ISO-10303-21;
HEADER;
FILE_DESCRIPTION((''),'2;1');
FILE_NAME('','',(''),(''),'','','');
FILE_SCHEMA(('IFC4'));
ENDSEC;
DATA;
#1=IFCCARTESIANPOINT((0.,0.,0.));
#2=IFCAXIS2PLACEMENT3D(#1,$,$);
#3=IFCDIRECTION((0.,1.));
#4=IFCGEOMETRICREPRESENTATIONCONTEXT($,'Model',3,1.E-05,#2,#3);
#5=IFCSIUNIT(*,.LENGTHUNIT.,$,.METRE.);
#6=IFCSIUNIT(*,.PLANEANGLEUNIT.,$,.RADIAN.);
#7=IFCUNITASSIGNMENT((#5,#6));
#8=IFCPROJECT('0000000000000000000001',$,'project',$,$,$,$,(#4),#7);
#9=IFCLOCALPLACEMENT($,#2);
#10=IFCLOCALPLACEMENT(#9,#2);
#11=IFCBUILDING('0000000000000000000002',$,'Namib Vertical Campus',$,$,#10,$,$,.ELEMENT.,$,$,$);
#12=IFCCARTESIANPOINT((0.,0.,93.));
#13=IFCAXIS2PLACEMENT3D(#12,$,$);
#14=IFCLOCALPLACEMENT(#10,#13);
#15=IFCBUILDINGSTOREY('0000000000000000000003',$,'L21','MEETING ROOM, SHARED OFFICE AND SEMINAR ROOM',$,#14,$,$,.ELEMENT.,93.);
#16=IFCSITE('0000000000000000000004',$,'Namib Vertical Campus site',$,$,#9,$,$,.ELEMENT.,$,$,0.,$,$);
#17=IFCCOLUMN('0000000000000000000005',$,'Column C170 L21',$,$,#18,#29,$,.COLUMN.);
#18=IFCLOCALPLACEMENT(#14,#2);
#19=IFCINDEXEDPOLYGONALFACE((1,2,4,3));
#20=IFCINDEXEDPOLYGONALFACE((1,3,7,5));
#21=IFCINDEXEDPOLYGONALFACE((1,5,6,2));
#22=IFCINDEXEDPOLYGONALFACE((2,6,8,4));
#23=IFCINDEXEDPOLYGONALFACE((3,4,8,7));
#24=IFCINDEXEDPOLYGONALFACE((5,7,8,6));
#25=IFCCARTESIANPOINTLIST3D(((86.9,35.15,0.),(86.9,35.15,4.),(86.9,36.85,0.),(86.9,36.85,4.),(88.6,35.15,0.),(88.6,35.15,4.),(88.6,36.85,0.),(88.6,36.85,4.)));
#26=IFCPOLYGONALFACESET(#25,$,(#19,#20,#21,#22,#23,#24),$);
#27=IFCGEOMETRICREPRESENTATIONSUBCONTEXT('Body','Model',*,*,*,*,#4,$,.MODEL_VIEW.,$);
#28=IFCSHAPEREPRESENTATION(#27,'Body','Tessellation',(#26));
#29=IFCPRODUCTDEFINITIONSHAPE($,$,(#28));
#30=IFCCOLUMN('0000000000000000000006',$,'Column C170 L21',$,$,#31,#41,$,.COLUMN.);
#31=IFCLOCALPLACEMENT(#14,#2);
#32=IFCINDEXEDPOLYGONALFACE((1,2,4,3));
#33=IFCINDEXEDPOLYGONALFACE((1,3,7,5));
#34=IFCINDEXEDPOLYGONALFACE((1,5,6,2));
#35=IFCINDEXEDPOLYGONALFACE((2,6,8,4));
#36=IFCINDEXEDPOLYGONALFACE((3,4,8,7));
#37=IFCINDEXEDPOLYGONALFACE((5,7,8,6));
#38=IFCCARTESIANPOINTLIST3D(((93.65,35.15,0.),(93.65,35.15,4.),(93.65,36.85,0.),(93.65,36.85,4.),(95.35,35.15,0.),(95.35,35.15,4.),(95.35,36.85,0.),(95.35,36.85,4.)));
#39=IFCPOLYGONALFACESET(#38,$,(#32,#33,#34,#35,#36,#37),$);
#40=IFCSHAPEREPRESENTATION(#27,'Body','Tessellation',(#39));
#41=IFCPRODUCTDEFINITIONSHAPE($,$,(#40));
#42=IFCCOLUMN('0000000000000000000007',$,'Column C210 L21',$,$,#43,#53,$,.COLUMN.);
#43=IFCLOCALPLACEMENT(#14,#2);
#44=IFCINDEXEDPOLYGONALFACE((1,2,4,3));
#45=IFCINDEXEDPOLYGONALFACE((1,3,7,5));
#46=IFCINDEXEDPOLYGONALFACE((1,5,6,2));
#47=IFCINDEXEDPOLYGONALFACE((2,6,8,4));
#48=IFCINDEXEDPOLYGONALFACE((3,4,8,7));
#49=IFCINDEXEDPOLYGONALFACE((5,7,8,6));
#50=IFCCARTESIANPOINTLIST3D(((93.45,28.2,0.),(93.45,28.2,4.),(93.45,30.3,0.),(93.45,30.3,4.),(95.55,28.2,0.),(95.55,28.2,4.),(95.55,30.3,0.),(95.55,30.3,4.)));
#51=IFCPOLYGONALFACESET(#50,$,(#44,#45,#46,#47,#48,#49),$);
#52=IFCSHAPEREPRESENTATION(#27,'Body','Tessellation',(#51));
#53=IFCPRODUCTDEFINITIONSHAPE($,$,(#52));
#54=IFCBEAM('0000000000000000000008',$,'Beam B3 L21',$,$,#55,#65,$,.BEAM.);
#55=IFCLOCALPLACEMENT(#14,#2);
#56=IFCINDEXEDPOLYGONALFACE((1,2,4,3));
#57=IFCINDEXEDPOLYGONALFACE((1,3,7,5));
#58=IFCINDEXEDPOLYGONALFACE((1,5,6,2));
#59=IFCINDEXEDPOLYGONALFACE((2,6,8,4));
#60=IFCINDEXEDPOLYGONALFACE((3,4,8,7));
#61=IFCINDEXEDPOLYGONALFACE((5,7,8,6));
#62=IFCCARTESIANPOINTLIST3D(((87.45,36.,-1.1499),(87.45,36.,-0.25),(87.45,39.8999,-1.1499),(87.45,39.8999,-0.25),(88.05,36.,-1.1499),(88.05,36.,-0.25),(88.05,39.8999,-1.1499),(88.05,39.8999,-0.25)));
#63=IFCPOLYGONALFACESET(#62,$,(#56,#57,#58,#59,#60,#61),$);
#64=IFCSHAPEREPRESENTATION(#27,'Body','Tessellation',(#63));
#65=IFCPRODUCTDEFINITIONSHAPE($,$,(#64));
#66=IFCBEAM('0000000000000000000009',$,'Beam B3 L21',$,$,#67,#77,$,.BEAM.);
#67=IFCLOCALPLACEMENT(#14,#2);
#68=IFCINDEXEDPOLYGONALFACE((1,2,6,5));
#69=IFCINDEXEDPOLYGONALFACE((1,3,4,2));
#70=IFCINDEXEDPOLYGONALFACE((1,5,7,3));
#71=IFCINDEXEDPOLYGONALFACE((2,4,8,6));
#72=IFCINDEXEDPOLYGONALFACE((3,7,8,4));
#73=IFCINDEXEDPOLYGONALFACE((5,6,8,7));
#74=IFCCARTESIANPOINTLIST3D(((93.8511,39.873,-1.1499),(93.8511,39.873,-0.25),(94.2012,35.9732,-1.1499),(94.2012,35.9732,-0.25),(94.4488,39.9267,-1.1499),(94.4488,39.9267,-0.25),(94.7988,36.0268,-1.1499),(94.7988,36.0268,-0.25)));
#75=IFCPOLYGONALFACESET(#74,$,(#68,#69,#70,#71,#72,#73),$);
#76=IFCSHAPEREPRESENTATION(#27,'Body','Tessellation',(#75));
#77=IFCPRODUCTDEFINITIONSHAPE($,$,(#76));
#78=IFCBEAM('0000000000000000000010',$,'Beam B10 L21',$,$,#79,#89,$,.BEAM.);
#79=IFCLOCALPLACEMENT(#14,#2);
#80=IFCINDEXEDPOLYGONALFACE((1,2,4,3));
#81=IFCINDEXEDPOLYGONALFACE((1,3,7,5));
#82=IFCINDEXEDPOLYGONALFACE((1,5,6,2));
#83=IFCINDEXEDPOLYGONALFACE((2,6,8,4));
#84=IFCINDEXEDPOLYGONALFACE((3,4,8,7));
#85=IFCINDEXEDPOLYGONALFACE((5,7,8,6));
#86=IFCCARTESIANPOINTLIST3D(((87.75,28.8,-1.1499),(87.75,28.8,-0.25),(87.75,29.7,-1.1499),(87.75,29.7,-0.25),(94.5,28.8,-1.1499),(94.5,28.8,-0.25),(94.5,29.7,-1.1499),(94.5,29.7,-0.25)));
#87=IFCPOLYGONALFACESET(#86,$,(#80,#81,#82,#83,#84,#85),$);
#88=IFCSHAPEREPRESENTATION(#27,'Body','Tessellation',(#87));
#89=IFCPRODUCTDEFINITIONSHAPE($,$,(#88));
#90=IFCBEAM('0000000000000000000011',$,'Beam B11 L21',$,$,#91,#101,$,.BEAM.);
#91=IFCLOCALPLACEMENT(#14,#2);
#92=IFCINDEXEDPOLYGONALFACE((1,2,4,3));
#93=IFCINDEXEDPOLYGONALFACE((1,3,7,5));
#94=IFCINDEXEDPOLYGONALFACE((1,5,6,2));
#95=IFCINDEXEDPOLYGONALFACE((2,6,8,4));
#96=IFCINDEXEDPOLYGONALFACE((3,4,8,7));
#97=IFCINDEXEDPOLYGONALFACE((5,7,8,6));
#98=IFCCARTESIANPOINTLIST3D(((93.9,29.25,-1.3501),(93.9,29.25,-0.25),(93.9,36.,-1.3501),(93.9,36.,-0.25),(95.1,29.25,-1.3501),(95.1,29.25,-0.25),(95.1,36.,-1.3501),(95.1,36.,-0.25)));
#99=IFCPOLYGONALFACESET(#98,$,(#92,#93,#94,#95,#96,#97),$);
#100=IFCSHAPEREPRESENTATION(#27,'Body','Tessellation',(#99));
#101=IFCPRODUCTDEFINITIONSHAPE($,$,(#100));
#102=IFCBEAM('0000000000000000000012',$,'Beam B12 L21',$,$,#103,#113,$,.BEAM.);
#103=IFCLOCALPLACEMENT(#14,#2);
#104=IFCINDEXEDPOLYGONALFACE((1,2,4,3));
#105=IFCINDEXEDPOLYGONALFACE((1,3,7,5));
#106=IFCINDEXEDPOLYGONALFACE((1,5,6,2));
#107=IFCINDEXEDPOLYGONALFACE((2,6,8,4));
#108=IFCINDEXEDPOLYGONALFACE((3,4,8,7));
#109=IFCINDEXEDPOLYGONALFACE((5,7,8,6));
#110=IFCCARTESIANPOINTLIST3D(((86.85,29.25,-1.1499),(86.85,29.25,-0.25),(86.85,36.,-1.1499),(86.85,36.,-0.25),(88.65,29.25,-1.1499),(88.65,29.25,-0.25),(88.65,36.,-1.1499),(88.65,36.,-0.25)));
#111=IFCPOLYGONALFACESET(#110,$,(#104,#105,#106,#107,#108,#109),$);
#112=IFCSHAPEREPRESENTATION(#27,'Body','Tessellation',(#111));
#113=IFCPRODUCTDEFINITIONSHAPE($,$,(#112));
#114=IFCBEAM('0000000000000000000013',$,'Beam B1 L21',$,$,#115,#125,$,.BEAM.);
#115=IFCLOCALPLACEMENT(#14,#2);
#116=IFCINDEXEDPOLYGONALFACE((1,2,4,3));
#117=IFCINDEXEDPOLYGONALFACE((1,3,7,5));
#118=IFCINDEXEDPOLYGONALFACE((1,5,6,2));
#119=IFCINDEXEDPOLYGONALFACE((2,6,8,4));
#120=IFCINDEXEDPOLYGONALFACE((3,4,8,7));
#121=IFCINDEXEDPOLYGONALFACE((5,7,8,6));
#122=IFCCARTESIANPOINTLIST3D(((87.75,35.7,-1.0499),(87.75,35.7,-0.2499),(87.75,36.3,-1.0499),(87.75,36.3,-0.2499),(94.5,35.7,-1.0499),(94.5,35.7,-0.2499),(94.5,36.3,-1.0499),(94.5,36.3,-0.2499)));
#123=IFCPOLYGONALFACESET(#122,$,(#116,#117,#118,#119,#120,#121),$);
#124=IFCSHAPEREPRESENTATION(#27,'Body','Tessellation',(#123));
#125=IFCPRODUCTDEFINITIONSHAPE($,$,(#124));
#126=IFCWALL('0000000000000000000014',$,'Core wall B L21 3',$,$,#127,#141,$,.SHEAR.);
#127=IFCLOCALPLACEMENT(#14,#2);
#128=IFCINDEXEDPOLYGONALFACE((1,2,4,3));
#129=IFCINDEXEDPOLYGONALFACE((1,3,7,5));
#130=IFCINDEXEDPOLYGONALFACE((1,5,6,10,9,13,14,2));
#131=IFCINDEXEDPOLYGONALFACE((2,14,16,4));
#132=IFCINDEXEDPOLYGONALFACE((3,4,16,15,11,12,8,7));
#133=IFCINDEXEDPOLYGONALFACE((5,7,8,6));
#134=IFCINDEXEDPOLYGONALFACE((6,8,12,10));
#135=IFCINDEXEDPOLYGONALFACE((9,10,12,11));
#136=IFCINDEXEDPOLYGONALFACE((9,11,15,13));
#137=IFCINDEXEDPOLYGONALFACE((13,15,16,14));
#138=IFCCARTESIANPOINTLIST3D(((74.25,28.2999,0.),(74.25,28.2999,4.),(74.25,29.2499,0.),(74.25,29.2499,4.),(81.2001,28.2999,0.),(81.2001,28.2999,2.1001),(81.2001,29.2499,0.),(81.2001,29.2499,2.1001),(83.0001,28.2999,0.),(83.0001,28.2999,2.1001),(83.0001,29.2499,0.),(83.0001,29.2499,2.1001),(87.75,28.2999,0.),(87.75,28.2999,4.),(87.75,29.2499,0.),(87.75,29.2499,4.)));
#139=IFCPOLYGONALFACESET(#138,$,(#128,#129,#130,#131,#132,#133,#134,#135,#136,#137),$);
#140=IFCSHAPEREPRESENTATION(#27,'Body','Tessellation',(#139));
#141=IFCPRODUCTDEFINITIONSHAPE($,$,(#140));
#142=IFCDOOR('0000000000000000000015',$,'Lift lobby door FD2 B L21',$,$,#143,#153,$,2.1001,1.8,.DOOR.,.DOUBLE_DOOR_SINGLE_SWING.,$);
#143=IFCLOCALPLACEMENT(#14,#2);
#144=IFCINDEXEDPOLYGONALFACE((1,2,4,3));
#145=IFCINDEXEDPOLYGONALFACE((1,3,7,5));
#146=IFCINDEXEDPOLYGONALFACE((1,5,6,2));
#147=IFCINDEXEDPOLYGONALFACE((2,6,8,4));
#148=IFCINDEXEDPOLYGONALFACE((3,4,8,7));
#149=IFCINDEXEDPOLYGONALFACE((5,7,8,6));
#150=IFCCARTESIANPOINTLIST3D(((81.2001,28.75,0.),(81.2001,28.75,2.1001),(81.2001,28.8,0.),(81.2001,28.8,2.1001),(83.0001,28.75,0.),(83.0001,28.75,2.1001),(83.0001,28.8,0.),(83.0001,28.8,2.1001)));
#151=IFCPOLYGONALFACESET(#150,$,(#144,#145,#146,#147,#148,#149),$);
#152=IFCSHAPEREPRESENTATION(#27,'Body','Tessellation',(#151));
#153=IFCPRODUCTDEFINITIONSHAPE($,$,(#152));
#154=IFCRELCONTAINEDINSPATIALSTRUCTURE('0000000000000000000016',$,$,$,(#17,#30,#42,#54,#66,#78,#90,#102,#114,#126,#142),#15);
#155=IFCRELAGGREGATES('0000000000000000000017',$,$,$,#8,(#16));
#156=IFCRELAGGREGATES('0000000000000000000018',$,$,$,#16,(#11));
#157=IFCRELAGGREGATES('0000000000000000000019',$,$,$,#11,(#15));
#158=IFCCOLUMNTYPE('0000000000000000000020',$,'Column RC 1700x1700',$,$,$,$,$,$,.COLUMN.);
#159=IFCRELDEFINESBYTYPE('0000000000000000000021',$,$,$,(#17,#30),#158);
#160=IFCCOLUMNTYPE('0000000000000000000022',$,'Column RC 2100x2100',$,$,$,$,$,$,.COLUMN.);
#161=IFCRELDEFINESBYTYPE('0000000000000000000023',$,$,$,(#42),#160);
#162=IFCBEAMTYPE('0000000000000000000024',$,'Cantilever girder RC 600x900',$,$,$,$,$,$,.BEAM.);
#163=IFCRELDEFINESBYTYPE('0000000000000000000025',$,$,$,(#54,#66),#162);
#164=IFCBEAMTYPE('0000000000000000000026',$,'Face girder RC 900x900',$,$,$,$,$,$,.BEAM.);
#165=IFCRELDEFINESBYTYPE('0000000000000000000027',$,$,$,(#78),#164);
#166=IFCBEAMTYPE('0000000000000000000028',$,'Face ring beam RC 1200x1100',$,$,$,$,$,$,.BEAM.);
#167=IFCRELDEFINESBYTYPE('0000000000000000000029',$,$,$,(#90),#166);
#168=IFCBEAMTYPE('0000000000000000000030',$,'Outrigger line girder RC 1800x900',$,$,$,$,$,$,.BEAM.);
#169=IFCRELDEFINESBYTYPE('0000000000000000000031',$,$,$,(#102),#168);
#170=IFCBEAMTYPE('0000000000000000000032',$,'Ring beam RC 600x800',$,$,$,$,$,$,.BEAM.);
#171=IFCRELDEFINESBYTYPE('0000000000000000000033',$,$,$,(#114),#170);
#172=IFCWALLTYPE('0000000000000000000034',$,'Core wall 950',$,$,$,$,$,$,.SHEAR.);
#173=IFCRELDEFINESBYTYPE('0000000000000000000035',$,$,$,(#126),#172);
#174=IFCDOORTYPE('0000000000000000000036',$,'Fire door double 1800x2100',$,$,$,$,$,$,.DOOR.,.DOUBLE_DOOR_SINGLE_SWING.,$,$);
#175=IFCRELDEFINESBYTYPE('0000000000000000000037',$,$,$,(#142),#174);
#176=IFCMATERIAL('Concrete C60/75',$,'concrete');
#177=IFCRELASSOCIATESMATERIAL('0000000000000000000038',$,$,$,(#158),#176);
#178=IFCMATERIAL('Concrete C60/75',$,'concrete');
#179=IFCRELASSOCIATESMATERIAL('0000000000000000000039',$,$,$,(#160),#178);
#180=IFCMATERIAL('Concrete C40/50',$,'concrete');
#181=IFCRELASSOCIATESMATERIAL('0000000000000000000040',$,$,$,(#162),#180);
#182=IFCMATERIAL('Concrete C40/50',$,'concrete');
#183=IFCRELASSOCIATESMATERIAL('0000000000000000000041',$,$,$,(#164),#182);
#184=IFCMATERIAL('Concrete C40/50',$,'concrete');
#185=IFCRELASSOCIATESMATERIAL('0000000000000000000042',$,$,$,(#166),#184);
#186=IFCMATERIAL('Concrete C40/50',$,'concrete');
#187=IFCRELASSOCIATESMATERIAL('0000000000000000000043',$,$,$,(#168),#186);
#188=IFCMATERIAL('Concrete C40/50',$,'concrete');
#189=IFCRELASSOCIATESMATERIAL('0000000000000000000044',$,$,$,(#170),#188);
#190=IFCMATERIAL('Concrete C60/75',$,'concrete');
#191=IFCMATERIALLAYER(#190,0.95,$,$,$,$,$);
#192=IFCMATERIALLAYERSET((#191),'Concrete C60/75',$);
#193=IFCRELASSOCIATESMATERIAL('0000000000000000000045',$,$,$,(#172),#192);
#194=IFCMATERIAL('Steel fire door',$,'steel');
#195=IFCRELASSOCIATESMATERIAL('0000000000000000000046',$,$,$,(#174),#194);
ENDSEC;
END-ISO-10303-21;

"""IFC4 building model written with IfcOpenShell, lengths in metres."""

from ifc_helpers import new_model, si_unit, direction, frame, frame_2d, origin, origin_2d, place, context, subcontext, project, spatial, rectangle, extrude, material, layer, layer_set, material_profile, profile_set, type_object, element, fill, save


model = new_model("IFC4")

# Units and contexts
model_context = context("Model", 3, precision=1e-05, world=origin(), true_north=direction((0.0, 1.0)))
body_context = subcontext(model_context, "Body", "Model", "MODEL_VIEW")
ifc_project = project(units=[si_unit("LENGTHUNIT", "METRE"), si_unit("PLANEANGLEUNIT", "RADIAN")], contexts=[model_context])

# Site, building, storey
site_placement = place(None, origin())
site = spatial("IfcSite", under=ifc_project, at=site_placement, Name="Namib Vertical Campus site", CompositionType="ELEMENT", RefElevation=0.0)
building_placement = place(site_placement, origin())
building = spatial("IfcBuilding", under=site, at=building_placement, Name="Namib Vertical Campus", CompositionType="ELEMENT")
storey_placement = place(building_placement, frame((0.0, 0.0, 93.0)))
storey = spatial("IfcBuildingStorey", under=building, at=storey_placement, Name="L21", Description="MEETING ROOM, SHARED OFFICE AND SEMINAR ROOM", CompositionType="ELEMENT", Elevation=93.0)

# Columns
ifc_material_1 = material(Name="Concrete C60/75", Category="concrete")
ifc_material_profile_1 = material_profile(ifc_material_1, rectangle(XDim=1.7, YDim=1.7, at=origin_2d()))
ifc_profile_set_1 = profile_set([ifc_material_profile_1], Name="Concrete C60/75")
column_type_1 = type_object("IfcColumnType", Name="Column RC 1700x1700", PredefinedType="COLUMN", material=ifc_profile_set_1)
for number, where, z_axis, x_axis, name in (
    (1, (87.75, 36.0, 0.0), (0.0, 0.0, 1.0), (1.0, 0.0, 0.0), "Column C170 L21"),
    (2, (94.5, 36.0, 0.0), (0.0, 0.0, 1.0), (1.0, 0.0, 0.0), "Column C170 L21"),
):
    element("IfcColumn", number, at=place(storey_placement, frame(where, z_axis=z_axis, x_axis=x_axis)), inside=storey, type_object=column_type_1, Name=name, PredefinedType="COLUMN", context=body_context, shape_type="SweptSolid", body=[
        extrude(rectangle(XDim=1.7, YDim=1.7, at=origin_2d()), origin(), (0.0, 0.0, 1.0), 4.0),
    ])
ifc_material_2 = material(Name="Concrete C60/75", Category="concrete")
ifc_material_profile_2 = material_profile(ifc_material_2, rectangle(XDim=2.1001, YDim=2.1001, at=origin_2d()))
ifc_profile_set_2 = profile_set([ifc_material_profile_2], Name="Concrete C60/75")
column_type_2 = type_object("IfcColumnType", Name="Column RC 2100x2100", PredefinedType="COLUMN", material=ifc_profile_set_2)
column_placement = place(storey_placement, frame((94.5, 29.25, 0.0), z_axis=(0.0, 0.0, 1.0), x_axis=(1.0, 0.0, 0.0)))
element("IfcColumn", 3, at=column_placement, inside=storey, type_object=column_type_2, Name="Column C210 L21", PredefinedType="COLUMN", context=body_context, shape_type="SweptSolid", body=[
    extrude(rectangle(XDim=2.1001, YDim=2.1001, at=origin_2d()), origin(), (0.0, 0.0, 1.0), 4.0),
])

# Beams
ifc_material_3 = material(Name="Concrete C40/50", Category="concrete")
ifc_material_profile_3 = material_profile(ifc_material_3, rectangle(XDim=0.6001, YDim=0.8999, at=origin_2d()))
ifc_profile_set_3 = profile_set([ifc_material_profile_3], Name="Concrete C40/50")
beam_type_1 = type_object("IfcBeamType", Name="Cantilever girder RC 600x900", PredefinedType="BEAM", material=ifc_profile_set_3)
beam_1_placement = place(storey_placement, frame((87.75, 36.0, -0.7), z_axis=(0.0, 1.0, 0.0), x_axis=(-1.0, 0.0, 0.0)))
element("IfcBeam", 4, at=beam_1_placement, inside=storey, type_object=beam_type_1, Name="Beam B3 L21", PredefinedType="BEAM", context=body_context, shape_type="SweptSolid", body=[
    extrude(rectangle(XDim=0.6001, YDim=0.8999, at=origin_2d()), origin(), (0.0, 0.0, 1.0), 3.8999),
])
beam_2_placement = place(storey_placement, frame((94.5, 36.0, -0.7), z_axis=(-0.089411, 0.995995, 0.0), x_axis=(-0.995995, -0.089411, 0.0)))
element("IfcBeam", 5, at=beam_2_placement, inside=storey, type_object=beam_type_1, Name="Beam B3 L21", PredefinedType="BEAM", context=body_context, shape_type="SweptSolid", body=[
    extrude(rectangle(XDim=0.6001, YDim=0.8999, at=origin_2d()), origin(), (0.0, 0.0, 1.0), 3.9155),
])
ifc_material_4 = material(Name="Concrete C40/50", Category="concrete")
ifc_material_profile_4 = material_profile(ifc_material_4, rectangle(XDim=0.8999, YDim=0.8999, at=origin_2d()))
ifc_profile_set_4 = profile_set([ifc_material_profile_4], Name="Concrete C40/50")
beam_type_2 = type_object("IfcBeamType", Name="Face girder RC 900x900", PredefinedType="BEAM", material=ifc_profile_set_4)
beam_3_placement = place(storey_placement, frame((94.5, 29.25, -0.7), z_axis=(-1.0, 0.0, 0.0), x_axis=(0.0, -1.0, 0.0)))
element("IfcBeam", 6, at=beam_3_placement, inside=storey, type_object=beam_type_2, Name="Beam B10 L21", PredefinedType="BEAM", context=body_context, shape_type="SweptSolid", body=[
    extrude(rectangle(XDim=0.8999, YDim=0.8999, at=origin_2d()), origin(), (0.0, 0.0, 1.0), 6.75),
])
ifc_material_5 = material(Name="Concrete C40/50", Category="concrete")
ifc_material_profile_5 = material_profile(ifc_material_5, rectangle(XDim=1.2, YDim=1.1001, at=origin_2d()))
ifc_profile_set_5 = profile_set([ifc_material_profile_5], Name="Concrete C40/50")
beam_type_3 = type_object("IfcBeamType", Name="Face ring beam RC 1200x1100", PredefinedType="BEAM", material=ifc_profile_set_5)
beam_4_placement = place(storey_placement, frame((94.5, 29.25, -0.8), z_axis=(0.0, 1.0, 0.0), x_axis=(-1.0, 0.0, 0.0)))
element("IfcBeam", 7, at=beam_4_placement, inside=storey, type_object=beam_type_3, Name="Beam B11 L21", PredefinedType="BEAM", context=body_context, shape_type="SweptSolid", body=[
    extrude(rectangle(XDim=1.2, YDim=1.1001, at=origin_2d()), origin(), (0.0, 0.0, 1.0), 6.75),
])
ifc_material_6 = material(Name="Concrete C40/50", Category="concrete")
ifc_material_profile_6 = material_profile(ifc_material_6, rectangle(XDim=1.8, YDim=0.8999, at=origin_2d()))
ifc_profile_set_6 = profile_set([ifc_material_profile_6], Name="Concrete C40/50")
beam_type_4 = type_object("IfcBeamType", Name="Outrigger line girder RC 1800x900", PredefinedType="BEAM", material=ifc_profile_set_6)
beam_5_placement = place(storey_placement, frame((87.75, 36.0, -0.7), z_axis=(0.0, -1.0, 0.0), x_axis=(1.0, 0.0, 0.0)))
element("IfcBeam", 8, at=beam_5_placement, inside=storey, type_object=beam_type_4, Name="Beam B12 L21", PredefinedType="BEAM", context=body_context, shape_type="SweptSolid", body=[
    extrude(rectangle(XDim=1.8, YDim=0.8999, at=origin_2d()), origin(), (0.0, 0.0, 1.0), 6.75),
])
ifc_material_7 = material(Name="Concrete C40/50", Category="concrete")
ifc_material_profile_7 = material_profile(ifc_material_7, rectangle(XDim=0.6001, YDim=0.8, at=origin_2d()))
ifc_profile_set_7 = profile_set([ifc_material_profile_7], Name="Concrete C40/50")
beam_type_5 = type_object("IfcBeamType", Name="Ring beam RC 600x800", PredefinedType="BEAM", material=ifc_profile_set_7)
beam_6_placement = place(storey_placement, frame((87.75, 36.0, -0.6499), z_axis=(1.0, 0.0, 0.0), x_axis=(0.0, 1.0, 0.0)))
element("IfcBeam", 9, at=beam_6_placement, inside=storey, type_object=beam_type_5, Name="Beam B1 L21", PredefinedType="BEAM", context=body_context, shape_type="SweptSolid", body=[
    extrude(rectangle(XDim=0.6001, YDim=0.8, at=origin_2d()), origin(), (0.0, 0.0, 1.0), 6.75),
])

# Wall, opening, door
ifc_material_8 = material(Name="Concrete C60/75", Category="concrete")
ifc_layer_1 = layer(ifc_material_8, 0.95)
ifc_layer_set_1 = layer_set([ifc_layer_1], Name="Concrete C60/75")
wall_type_1 = type_object("IfcWallType", Name="Core wall 950", PredefinedType="SHEAR", material=ifc_layer_set_1)
wall_1_placement = place(storey_placement, frame((87.75, 28.7749, 0.0), z_axis=(0.0, 0.0, 1.0), x_axis=(-1.0, 0.0, 0.0)))
wall_1 = element("IfcWall", 10, at=wall_1_placement, inside=storey, type_object=wall_type_1, Name="Core wall B L21 3", PredefinedType="SHEAR", context=body_context, shape_type="SweptSolid", body=[
    extrude(rectangle(XDim=13.5, YDim=0.95, at=frame_2d((6.75, 0.0))), origin(), (0.0, 0.0, 1.0), 4.0),
])
opening_1_placement = place(wall_1_placement, frame((4.75, 0.0, 0.0)))
opening_1 = element("IfcOpeningElement", 11, at=opening_1_placement, cuts=wall_1, PredefinedType="OPENING", context=body_context, shape_type="SweptSolid", body=[
    extrude(rectangle(XDim=1.8, YDim=2.1001, at=frame_2d((0.8999, 1.05))), frame((0.0, 0.4849, 0.0), z_axis=(0.0, -1.0, 0.0), x_axis=(1.0, 0.0, 0.0)), (0.0, 0.0, 1.0), 0.97),
])
ifc_material_9 = material(Name="Steel fire door", Category="steel")
door_type_1 = type_object("IfcDoorType", Name="Fire door double 1800x2100", OperationType="DOUBLE_DOOR_SINGLE_SWING", PredefinedType="DOOR", material=ifc_material_9)
door_1_placement = place(opening_1_placement, origin())
door_1 = element("IfcDoor", 12, at=door_1_placement, inside=storey, type_object=door_type_1, Name="Lift lobby door FD2 B L21", OperationType="DOUBLE_DOOR_SINGLE_SWING", OverallHeight=2.1001, OverallWidth=1.8, PredefinedType="DOOR", context=body_context, shape_type="SweptSolid", body=[
    extrude(rectangle(XDim=1.8, YDim=2.1001, at=frame_2d((0.8999, 1.05))), frame((0.0, 0.0249, 0.0), z_axis=(0.0, -1.0, 0.0), x_axis=(1.0, 0.0, 0.0)), (0.0, 0.0, 1.0), 0.05),
])
fill(opening_1, door_1)

save(model, "model.ifc")
